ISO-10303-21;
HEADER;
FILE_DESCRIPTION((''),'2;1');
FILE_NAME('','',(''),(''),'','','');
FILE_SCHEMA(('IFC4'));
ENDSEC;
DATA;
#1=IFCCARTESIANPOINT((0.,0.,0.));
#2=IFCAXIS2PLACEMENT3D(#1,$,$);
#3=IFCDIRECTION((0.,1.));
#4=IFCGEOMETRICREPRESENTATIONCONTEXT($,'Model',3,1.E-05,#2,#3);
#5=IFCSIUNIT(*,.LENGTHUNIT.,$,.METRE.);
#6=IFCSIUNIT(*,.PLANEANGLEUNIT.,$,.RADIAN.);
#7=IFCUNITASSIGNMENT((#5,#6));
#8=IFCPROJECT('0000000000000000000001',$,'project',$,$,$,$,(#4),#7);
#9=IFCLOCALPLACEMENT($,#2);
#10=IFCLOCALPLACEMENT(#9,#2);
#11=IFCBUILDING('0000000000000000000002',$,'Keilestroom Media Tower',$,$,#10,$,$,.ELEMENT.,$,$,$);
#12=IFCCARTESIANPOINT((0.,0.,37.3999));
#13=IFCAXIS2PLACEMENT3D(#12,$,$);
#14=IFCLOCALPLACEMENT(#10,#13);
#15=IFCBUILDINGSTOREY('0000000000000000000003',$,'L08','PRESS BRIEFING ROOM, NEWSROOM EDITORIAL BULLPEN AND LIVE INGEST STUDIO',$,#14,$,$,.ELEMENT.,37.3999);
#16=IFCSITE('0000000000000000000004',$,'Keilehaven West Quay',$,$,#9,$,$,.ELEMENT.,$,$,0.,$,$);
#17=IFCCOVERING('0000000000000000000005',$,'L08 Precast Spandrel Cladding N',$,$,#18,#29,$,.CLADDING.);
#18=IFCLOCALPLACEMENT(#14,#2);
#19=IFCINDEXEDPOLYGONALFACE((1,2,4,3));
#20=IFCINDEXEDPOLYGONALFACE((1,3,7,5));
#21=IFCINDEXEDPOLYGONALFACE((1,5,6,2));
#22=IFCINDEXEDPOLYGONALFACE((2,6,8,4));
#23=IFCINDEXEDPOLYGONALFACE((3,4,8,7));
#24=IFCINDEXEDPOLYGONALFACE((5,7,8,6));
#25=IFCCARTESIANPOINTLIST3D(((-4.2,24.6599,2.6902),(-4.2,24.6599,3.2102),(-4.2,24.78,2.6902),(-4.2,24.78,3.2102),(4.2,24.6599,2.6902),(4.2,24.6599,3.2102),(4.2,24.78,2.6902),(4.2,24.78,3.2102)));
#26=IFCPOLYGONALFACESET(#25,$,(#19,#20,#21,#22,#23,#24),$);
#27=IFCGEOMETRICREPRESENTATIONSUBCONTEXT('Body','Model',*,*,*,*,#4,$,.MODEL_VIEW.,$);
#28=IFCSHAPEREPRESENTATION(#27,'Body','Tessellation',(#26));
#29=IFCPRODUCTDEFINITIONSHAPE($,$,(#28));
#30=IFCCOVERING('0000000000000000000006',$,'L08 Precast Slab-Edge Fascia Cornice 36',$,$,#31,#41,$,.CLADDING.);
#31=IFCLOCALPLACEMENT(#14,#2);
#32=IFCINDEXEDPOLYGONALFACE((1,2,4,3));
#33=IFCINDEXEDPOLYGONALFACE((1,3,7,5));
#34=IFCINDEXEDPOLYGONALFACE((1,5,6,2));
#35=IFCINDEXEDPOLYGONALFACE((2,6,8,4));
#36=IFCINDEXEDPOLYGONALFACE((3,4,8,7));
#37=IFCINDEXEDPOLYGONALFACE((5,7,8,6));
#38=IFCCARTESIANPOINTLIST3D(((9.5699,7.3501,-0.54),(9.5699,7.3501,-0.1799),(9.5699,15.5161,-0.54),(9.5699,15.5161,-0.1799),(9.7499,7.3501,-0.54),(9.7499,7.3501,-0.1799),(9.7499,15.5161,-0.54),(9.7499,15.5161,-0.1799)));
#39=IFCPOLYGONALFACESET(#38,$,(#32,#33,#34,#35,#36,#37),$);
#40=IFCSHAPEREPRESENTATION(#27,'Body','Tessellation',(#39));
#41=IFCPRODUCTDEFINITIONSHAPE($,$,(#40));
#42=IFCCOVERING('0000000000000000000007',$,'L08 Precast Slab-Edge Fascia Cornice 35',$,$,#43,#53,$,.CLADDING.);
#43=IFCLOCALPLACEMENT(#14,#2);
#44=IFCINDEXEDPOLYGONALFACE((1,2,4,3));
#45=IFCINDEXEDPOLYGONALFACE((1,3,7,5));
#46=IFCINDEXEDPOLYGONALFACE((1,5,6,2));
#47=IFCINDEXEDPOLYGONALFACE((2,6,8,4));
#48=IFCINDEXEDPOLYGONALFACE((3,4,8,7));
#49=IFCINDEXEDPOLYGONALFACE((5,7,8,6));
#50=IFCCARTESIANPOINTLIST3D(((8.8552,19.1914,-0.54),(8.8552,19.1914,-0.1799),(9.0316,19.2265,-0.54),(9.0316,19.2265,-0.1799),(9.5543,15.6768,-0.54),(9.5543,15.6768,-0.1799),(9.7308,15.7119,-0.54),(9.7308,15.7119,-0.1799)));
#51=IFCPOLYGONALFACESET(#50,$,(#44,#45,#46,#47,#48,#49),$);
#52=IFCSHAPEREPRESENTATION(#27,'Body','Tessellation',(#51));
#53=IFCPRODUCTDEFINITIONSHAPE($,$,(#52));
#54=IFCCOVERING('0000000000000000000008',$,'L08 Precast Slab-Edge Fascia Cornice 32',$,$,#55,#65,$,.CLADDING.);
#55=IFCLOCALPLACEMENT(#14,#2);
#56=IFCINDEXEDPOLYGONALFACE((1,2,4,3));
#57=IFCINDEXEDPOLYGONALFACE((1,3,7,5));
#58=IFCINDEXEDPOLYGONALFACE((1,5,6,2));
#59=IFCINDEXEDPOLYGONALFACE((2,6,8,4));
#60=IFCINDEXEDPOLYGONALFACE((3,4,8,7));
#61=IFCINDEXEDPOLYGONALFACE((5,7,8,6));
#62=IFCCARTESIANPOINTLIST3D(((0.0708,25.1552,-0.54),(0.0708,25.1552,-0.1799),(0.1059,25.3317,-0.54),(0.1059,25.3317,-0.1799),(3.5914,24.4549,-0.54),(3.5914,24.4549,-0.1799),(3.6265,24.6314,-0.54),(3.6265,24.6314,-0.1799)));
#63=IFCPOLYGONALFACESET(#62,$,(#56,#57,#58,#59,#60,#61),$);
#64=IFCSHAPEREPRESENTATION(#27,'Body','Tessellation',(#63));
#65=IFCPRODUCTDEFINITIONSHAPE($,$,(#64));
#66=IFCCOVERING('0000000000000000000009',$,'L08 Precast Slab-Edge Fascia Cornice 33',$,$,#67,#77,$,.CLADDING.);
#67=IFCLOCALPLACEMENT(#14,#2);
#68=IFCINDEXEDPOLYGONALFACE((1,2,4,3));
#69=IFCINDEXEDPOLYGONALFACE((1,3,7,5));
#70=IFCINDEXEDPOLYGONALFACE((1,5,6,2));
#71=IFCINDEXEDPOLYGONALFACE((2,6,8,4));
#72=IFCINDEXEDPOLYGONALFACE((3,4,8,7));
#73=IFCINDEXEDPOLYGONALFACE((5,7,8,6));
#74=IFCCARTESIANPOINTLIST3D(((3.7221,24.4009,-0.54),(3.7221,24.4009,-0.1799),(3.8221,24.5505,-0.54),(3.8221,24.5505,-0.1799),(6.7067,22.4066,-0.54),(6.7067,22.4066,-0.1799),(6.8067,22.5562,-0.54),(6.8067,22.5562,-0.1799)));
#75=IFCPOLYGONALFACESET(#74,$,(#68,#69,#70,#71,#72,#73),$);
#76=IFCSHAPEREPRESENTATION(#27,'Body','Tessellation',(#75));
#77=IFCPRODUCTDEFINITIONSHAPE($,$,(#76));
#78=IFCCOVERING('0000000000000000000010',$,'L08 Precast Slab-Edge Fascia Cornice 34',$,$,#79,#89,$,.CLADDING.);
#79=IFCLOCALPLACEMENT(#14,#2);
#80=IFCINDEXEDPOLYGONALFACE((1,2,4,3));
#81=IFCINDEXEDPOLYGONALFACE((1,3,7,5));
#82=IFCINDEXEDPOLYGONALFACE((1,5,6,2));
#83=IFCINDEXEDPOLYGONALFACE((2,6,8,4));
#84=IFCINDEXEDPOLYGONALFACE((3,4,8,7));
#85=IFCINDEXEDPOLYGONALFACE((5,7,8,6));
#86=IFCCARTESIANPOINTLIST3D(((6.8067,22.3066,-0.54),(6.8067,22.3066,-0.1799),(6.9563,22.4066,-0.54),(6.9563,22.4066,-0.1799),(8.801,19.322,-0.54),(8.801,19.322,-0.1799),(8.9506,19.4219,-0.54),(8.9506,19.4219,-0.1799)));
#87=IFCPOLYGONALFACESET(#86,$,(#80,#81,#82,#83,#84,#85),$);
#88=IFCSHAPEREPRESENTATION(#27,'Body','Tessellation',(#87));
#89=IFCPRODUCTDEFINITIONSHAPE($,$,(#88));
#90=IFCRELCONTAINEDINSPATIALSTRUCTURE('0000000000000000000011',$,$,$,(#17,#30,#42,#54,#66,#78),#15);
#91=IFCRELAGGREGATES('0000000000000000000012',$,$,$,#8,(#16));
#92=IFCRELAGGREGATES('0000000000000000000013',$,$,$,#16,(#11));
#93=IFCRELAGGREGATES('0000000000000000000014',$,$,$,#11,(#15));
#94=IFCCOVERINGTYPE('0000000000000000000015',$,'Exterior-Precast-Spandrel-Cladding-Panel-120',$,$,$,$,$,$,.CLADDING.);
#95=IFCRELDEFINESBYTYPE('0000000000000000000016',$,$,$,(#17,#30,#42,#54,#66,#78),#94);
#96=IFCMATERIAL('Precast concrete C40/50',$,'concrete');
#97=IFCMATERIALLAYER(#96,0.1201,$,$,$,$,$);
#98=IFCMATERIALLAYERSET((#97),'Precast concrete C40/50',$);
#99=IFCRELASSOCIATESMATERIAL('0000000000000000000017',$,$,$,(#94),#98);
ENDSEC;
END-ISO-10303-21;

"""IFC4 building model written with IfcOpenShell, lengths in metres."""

from ifc_helpers import new_model, si_unit, direction, frame, origin, origin_2d, place, context, subcontext, project, spatial, rectangle, extrude, source, transform, mapped, material, layer, layer_set, type_object, element, save


model = new_model("IFC4")

# Units and contexts
model_context = context("Model", 3, precision=1e-05, world=origin(), true_north=direction((0.0, 1.0)))
body_context = subcontext(model_context, "Body", "Model", "MODEL_VIEW")
ifc_project = project(units=[si_unit("LENGTHUNIT", "METRE"), si_unit("PLANEANGLEUNIT", "RADIAN")], contexts=[model_context])

# Site, building, storey
site_placement = place(None, origin())
site = spatial("IfcSite", under=ifc_project, at=site_placement, Name="Keilehaven West Quay", CompositionType="ELEMENT", RefElevation=0.0)
building_placement = place(site_placement, origin())
building = spatial("IfcBuilding", under=site, at=building_placement, Name="Keilestroom Media Tower", CompositionType="ELEMENT")
storey_placement = place(building_placement, frame((0.0, 0.0, 37.3999)))
storey = spatial("IfcBuildingStorey", under=building, at=storey_placement, Name="L08", Description="PRESS BRIEFING ROOM, NEWSROOM EDITORIAL BULLPEN AND LIVE INGEST STUDIO", CompositionType="ELEMENT", Elevation=37.3999)

# Shared definitions
ifc_material_1 = material(Name="Precast concrete C40/50", Category="concrete")

# Coverings
ifc_layer_1 = layer(ifc_material_1, 0.1201)
ifc_layer_set_1 = layer_set([ifc_layer_1], Name="Precast concrete C40/50")
covering_type = type_object("IfcCoveringType", Name="Exterior-Precast-Spandrel-Cladding-Panel-120", PredefinedType="CLADDING", material=ifc_layer_set_1)
shared_shape_1 = source(origin(), body_context, "Body", "SweptSolid", [
    extrude(rectangle(XDim=8.3999, YDim=0.1201, at=origin_2d()), origin(), (0.0, 0.0, 1.0), 0.52),
])
covering_1_placement = place(storey_placement, frame((0.0, 24.72, 2.6902), z_axis=(0.0, 0.0, 1.0), x_axis=(1.0, 0.0, 0.0)))
element("IfcCovering", 1, at=covering_1_placement, inside=storey, type_object=covering_type, Name="L08 Precast Spandrel Cladding N", PredefinedType="CLADDING", context=body_context, shape_type="MappedRepresentation", body=[
    mapped(shared_shape_1, transform((0.0, 0.0, 0.0), x_axis=(1.0, 0.0, 0.0), y_axis=(0.0, 1.0, 0.0), z_axis=(0.0, 0.0, 1.0), scale=1.0)),
])
shared_shape_2 = source(origin(), body_context, "Body", "SweptSolid", [
    extrude(rectangle(XDim=8.166, YDim=0.1799, at=origin_2d()), origin(), (0.0, 0.0, 1.0), 0.3601),
])
covering_2_placement = place(storey_placement, frame((9.6599, 11.4331, -0.54), z_axis=(0.0, 0.0, 1.0), x_axis=(0.0, -1.0, 0.0)))
element("IfcCovering", 2, at=covering_2_placement, inside=storey, type_object=covering_type, Name="L08 Precast Slab-Edge Fascia Cornice 36", PredefinedType="CLADDING", context=body_context, shape_type="MappedRepresentation", body=[
    mapped(shared_shape_2, transform((0.0, 0.0, 0.0), x_axis=(1.0, 0.0, 0.0), y_axis=(0.0, 1.0, 0.0), z_axis=(0.0, 0.0, 1.0), scale=1.0)),
])
shared_shape_3 = source(origin(), body_context, "Body", "SweptSolid", [
    extrude(rectangle(XDim=3.5835, YDim=0.1799, at=origin_2d()), origin(), (0.0, 0.0, 1.0), 0.3601),
])
covering_3_placement = place(storey_placement, frame((9.293, 17.4517, -0.54), z_axis=(0.0, 0.0, 1.0), x_axis=(0.195099, -0.980784, 0.0)))
element("IfcCovering", 3, at=covering_3_placement, inside=storey, type_object=covering_type, Name="L08 Precast Slab-Edge Fascia Cornice 35", PredefinedType="CLADDING", context=body_context, shape_type="MappedRepresentation", body=[
    mapped(shared_shape_3, transform((0.0, 0.0, 0.0), x_axis=(1.0, 0.0, 0.0), y_axis=(0.0, 1.0, 0.0), z_axis=(0.0, 0.0, 1.0), scale=1.0)),
])
shared_shape_4 = source(origin(), body_context, "Body", "SweptSolid", [
    extrude(rectangle(XDim=3.5896, YDim=0.1799, at=origin_2d()), origin(), (0.0, 0.0, 1.0), 0.3601),
])
for number, where, z_axis, x_axis, name in (
    (4, (1.8486, 24.8933, -0.54), (0.0, 0.0, 1.0), (0.980784, -0.195099, 0.0), "L08 Precast Slab-Edge Fascia Cornice 32"),
    (5, (5.2644, 23.4785, -0.54), (0.0, 0.0, 1.0), (0.831467, -0.555575, 0.0), "L08 Precast Slab-Edge Fascia Cornice 33"),
    (6, (7.8787, 20.8643, -0.54), (0.0, 0.0, 1.0), (0.555575, -0.831467, 0.0), "L08 Precast Slab-Edge Fascia Cornice 34"),
):
    element("IfcCovering", number, at=place(storey_placement, frame(where, z_axis=z_axis, x_axis=x_axis)), inside=storey, type_object=covering_type, Name=name, PredefinedType="CLADDING", context=body_context, shape_type="MappedRepresentation", body=[
        mapped(shared_shape_4, transform((0.0, 0.0, 0.0), x_axis=(1.0, 0.0, 0.0), y_axis=(0.0, 1.0, 0.0), z_axis=(0.0, 0.0, 1.0), scale=1.0)),
    ])

save(model, "model.ifc")
